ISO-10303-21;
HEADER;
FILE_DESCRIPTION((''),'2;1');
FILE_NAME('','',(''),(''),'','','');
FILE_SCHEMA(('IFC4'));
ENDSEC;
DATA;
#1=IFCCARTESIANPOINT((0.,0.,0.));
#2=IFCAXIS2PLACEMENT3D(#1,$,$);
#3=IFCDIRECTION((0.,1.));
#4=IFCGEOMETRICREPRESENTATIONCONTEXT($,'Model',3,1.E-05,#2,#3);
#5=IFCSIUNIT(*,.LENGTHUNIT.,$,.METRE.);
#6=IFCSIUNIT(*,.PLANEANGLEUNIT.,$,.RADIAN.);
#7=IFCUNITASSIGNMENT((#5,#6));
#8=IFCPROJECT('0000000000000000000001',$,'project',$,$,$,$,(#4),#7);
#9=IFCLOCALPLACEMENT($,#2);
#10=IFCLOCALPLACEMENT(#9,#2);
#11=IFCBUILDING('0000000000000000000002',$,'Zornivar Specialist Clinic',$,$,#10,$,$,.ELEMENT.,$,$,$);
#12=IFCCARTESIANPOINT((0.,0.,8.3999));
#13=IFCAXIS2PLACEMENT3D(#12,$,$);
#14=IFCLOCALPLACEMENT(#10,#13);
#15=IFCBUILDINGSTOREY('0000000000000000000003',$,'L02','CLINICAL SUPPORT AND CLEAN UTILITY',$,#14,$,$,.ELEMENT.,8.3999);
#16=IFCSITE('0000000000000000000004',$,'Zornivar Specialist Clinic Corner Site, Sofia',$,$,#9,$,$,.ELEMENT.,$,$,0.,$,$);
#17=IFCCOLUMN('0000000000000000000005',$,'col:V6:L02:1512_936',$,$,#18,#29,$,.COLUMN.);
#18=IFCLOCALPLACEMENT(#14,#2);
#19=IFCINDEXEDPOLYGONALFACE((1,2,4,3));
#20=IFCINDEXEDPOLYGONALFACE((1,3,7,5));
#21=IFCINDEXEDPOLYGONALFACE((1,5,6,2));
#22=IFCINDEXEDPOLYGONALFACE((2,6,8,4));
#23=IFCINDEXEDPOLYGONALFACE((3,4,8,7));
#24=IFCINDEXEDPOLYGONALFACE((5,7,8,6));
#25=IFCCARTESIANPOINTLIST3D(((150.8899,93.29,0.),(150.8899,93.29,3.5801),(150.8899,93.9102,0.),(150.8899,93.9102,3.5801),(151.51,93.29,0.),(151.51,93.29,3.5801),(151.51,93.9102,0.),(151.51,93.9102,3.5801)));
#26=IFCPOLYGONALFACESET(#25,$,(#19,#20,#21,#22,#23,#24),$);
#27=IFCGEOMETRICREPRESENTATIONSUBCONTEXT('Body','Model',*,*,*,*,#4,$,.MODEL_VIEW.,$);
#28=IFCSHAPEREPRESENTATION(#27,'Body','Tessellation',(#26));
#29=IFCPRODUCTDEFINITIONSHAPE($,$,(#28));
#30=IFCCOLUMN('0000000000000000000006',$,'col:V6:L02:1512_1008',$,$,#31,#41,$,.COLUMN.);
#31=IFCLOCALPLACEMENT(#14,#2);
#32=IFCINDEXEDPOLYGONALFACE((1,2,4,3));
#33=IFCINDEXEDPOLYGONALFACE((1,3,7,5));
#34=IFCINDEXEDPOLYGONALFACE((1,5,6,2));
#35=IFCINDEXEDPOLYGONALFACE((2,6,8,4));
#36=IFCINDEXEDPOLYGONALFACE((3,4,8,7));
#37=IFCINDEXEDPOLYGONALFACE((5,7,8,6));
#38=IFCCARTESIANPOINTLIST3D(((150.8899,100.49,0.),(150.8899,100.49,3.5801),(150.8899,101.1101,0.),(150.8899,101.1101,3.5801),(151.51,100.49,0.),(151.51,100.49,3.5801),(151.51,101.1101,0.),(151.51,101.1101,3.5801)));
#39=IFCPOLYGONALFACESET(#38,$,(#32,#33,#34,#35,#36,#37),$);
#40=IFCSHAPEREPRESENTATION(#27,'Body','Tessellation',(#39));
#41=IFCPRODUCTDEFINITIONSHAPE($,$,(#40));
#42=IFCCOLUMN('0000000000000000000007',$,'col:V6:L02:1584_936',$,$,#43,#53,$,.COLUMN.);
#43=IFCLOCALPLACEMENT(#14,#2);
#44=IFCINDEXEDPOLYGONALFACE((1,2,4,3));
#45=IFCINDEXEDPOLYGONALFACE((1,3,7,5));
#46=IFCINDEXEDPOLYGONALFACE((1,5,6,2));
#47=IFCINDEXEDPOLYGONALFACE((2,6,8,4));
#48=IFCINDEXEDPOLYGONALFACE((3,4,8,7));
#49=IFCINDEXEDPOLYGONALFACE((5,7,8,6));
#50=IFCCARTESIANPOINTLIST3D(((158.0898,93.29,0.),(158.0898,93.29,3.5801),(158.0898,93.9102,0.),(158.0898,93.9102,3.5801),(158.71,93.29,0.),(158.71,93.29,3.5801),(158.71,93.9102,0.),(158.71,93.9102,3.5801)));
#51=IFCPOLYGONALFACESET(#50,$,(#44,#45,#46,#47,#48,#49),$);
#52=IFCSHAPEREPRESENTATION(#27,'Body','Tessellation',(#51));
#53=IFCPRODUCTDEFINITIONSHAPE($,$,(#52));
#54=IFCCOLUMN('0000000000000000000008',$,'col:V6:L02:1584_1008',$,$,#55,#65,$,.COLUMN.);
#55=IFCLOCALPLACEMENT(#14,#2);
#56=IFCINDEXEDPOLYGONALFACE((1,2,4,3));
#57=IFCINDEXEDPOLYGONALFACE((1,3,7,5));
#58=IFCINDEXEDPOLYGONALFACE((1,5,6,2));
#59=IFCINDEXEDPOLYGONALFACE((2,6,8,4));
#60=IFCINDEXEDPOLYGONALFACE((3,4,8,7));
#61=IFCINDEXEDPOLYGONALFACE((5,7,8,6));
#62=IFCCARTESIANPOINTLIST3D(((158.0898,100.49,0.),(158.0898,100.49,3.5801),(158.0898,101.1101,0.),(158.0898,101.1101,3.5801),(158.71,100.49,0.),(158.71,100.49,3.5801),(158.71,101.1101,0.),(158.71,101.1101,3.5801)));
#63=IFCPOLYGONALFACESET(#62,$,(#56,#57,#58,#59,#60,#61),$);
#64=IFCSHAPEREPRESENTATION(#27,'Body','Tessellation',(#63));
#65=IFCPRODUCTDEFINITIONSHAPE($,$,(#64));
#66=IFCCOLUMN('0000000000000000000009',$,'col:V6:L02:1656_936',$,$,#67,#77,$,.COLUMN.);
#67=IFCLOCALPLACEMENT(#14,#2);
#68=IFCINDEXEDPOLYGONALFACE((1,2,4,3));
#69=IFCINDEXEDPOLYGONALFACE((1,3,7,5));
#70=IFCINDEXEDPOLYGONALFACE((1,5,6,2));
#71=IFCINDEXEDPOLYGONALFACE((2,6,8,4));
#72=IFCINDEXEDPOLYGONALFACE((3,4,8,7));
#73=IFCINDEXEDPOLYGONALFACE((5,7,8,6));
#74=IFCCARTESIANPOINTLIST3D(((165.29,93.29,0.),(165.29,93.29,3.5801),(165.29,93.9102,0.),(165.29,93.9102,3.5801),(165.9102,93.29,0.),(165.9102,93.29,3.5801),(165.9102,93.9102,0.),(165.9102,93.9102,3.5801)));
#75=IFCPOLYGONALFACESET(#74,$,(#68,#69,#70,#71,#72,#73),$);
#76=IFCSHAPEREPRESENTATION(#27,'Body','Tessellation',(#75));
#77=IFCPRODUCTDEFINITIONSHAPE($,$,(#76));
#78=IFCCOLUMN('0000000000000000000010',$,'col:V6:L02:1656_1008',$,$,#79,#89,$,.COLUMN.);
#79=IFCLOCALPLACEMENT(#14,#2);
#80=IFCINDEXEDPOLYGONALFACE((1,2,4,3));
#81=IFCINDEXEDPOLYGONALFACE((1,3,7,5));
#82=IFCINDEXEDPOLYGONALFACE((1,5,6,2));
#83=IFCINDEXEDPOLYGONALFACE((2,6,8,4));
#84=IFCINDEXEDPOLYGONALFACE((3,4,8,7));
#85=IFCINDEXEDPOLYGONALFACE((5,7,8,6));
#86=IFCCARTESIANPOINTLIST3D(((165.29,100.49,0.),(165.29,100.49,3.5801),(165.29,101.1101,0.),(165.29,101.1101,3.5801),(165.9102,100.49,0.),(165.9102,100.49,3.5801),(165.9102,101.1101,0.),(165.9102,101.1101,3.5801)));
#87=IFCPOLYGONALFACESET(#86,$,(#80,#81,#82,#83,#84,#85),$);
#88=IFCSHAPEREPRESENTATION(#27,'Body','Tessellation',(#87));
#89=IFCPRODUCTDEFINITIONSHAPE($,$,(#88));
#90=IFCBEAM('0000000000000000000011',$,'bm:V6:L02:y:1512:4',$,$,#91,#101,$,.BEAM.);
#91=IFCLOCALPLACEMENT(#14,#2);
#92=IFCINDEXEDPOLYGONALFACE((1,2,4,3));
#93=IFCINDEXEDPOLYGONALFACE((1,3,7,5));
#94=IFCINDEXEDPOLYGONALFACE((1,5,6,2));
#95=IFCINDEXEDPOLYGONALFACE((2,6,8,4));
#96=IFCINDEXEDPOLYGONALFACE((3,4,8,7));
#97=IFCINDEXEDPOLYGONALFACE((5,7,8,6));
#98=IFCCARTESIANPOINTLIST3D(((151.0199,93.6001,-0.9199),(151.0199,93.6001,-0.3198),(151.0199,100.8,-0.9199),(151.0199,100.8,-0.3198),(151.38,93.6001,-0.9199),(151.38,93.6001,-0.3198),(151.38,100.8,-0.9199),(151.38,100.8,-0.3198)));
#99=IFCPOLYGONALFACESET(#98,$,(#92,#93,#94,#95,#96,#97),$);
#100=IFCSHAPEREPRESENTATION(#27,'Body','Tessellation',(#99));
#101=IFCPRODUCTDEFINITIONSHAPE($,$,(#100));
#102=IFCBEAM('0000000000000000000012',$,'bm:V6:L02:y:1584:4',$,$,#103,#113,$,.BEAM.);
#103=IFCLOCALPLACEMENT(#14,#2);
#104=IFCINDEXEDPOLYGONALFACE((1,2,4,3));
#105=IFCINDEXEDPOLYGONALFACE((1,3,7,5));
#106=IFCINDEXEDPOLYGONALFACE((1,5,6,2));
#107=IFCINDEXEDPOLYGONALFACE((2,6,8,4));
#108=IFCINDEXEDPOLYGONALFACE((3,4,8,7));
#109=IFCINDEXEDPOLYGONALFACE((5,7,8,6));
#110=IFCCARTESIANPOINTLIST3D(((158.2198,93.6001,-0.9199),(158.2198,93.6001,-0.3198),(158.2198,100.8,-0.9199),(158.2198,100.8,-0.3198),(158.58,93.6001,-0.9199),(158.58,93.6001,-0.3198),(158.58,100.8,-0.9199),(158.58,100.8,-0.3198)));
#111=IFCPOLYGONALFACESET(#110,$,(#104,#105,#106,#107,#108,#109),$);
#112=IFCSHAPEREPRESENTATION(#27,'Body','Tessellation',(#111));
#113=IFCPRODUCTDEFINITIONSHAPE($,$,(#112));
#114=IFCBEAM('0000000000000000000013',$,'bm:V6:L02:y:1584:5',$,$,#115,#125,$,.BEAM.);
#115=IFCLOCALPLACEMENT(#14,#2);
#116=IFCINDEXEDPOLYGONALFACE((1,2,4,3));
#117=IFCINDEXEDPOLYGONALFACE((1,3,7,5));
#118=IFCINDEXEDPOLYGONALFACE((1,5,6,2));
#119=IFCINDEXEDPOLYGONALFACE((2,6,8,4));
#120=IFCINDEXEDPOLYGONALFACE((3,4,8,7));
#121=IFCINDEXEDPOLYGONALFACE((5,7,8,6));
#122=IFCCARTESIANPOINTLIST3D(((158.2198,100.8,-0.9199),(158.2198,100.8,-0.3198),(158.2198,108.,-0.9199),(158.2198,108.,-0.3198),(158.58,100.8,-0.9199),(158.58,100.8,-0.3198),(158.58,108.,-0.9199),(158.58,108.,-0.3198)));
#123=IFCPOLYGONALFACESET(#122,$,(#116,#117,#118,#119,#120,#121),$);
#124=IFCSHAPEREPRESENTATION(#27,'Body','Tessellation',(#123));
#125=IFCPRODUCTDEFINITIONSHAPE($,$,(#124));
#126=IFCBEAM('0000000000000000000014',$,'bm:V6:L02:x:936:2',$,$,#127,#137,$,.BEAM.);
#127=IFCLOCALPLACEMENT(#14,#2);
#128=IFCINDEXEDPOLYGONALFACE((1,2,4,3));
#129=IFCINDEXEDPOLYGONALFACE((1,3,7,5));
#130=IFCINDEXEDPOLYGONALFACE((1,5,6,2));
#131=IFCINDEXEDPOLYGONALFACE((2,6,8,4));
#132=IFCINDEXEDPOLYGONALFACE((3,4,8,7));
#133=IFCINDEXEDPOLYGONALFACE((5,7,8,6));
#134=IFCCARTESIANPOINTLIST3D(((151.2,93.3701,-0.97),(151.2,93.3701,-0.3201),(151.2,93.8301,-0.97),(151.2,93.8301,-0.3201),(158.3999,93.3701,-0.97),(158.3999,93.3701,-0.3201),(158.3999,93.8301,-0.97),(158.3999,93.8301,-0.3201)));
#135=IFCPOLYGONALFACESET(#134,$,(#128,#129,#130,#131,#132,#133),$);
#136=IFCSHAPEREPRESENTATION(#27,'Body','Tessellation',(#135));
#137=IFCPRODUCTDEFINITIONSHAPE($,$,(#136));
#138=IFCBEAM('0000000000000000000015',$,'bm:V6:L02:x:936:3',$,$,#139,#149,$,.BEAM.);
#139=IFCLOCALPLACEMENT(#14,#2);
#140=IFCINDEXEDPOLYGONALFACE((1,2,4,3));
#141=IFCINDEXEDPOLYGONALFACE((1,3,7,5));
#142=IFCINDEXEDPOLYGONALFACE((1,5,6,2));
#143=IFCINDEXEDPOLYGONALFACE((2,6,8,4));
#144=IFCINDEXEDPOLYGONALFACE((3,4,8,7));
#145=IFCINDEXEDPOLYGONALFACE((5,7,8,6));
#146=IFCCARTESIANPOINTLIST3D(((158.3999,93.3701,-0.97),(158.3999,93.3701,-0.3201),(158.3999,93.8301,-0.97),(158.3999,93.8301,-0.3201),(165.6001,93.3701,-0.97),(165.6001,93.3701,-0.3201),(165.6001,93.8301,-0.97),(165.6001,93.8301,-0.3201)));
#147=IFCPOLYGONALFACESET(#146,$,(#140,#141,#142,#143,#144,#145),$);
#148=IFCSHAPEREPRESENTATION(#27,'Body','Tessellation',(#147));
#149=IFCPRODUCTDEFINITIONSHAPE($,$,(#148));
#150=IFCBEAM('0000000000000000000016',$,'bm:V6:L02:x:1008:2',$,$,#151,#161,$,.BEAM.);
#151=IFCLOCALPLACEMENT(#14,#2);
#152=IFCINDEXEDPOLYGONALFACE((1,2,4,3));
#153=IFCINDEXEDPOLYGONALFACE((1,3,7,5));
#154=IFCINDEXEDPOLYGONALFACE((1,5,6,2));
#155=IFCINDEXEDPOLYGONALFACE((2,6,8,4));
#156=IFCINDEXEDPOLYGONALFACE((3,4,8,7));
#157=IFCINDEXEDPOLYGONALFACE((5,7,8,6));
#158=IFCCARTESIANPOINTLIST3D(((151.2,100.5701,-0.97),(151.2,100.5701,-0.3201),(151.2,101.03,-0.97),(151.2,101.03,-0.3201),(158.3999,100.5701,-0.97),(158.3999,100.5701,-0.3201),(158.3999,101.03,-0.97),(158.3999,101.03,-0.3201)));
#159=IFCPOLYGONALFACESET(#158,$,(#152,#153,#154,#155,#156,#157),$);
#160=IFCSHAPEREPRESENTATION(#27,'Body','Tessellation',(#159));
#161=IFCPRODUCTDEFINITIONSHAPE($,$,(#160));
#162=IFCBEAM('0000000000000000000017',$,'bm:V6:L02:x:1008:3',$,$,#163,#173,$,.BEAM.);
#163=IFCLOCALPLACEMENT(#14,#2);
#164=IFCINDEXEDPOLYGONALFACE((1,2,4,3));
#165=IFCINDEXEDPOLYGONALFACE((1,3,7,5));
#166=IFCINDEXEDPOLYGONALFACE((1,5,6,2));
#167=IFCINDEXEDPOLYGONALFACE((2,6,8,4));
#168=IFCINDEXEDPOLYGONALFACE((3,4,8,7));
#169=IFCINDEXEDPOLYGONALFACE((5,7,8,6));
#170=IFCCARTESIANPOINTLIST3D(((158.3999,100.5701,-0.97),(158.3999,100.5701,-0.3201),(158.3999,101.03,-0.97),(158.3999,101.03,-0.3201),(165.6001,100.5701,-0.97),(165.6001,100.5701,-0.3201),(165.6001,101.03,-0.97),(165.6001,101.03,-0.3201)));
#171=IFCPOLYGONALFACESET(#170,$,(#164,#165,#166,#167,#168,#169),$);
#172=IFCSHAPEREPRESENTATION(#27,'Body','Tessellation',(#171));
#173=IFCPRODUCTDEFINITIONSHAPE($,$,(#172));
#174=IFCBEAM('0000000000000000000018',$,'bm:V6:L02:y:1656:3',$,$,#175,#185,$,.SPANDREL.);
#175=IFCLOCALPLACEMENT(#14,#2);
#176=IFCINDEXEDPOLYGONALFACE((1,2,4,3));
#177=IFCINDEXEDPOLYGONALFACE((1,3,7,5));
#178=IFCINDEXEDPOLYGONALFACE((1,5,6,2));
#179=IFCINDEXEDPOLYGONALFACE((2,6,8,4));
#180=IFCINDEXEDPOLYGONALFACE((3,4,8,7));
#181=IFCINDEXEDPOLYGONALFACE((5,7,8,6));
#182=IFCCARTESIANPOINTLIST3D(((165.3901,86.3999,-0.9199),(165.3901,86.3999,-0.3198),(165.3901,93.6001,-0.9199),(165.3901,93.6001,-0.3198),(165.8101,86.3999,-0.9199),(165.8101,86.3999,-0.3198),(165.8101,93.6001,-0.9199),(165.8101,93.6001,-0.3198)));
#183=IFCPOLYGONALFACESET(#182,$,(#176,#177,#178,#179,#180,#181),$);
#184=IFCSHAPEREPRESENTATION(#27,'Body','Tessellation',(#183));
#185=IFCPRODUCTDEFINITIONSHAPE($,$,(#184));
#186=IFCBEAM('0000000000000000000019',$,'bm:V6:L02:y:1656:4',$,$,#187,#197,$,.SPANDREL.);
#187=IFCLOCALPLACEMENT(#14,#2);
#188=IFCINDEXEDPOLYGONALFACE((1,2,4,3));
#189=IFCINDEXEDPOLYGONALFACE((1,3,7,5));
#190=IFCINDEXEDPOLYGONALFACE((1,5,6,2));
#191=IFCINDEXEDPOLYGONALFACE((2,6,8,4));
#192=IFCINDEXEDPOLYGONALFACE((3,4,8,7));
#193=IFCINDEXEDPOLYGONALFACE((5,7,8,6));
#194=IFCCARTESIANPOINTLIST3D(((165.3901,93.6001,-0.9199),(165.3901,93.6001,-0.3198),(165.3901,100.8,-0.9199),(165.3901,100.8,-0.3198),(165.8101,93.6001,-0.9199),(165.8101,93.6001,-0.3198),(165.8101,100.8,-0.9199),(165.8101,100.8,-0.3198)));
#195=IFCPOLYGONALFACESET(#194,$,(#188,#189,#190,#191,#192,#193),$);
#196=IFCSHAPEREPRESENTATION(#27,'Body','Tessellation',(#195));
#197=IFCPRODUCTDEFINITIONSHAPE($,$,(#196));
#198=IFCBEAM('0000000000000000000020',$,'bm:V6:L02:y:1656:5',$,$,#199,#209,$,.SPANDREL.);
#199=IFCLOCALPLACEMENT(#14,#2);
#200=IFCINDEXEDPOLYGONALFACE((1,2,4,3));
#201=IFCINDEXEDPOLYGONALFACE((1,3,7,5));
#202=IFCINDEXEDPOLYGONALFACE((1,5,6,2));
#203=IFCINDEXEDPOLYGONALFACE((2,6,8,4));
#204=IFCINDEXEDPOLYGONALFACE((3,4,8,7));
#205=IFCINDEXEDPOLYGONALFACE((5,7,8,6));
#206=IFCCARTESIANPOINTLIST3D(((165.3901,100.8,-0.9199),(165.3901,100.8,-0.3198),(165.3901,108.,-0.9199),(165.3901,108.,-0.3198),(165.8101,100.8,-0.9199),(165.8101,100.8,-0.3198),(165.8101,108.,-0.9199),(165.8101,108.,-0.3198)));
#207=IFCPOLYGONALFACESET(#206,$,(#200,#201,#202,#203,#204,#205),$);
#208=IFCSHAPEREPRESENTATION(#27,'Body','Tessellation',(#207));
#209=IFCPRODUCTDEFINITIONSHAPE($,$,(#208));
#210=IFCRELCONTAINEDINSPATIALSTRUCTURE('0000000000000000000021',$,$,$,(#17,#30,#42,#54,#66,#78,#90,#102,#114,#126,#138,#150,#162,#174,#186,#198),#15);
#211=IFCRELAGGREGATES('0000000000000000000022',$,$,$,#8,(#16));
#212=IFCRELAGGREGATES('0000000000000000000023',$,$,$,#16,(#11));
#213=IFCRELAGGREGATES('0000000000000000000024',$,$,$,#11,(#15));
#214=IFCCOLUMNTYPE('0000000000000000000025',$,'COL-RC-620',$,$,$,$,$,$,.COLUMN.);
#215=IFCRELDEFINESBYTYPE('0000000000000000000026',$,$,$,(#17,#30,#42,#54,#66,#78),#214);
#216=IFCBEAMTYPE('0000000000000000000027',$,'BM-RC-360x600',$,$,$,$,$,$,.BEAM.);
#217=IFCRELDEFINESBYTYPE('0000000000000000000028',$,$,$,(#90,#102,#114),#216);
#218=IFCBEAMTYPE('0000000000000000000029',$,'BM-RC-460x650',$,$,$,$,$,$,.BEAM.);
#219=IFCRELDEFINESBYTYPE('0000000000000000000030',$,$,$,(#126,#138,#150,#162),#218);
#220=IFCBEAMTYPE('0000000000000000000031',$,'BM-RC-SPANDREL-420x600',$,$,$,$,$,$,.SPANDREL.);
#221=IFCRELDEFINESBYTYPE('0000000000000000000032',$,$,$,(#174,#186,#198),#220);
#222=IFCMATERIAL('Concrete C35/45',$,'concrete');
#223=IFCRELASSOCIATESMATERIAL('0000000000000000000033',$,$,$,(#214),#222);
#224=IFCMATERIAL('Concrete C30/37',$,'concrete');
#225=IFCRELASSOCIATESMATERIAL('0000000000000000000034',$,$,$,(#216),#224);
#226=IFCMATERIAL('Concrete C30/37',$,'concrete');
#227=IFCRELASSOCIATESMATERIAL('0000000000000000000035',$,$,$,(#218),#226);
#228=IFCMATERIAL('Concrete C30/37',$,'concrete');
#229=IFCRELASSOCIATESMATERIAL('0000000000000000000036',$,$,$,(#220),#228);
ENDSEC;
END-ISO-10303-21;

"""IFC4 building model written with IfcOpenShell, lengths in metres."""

from ifc_helpers import new_model, si_unit, direction, frame, origin, origin_2d, place, context, subcontext, project, spatial, rectangle, extrude, material, material_profile, profile_set, type_object, element, save


model = new_model("IFC4")

# Units and contexts
model_context = context("Model", 3, precision=1e-05, world=origin(), true_north=direction((0.0, 1.0)))
body_context = subcontext(model_context, "Body", "Model", "MODEL_VIEW")
ifc_project = project(units=[si_unit("LENGTHUNIT", "METRE"), si_unit("PLANEANGLEUNIT", "RADIAN")], contexts=[model_context])

# Site, building, storey
site_placement = place(None, origin())
site = spatial("IfcSite", under=ifc_project, at=site_placement, Name="Zornivar Specialist Clinic Corner Site, Sofia", CompositionType="ELEMENT", RefElevation=0.0)
building_placement = place(site_placement, origin())
building = spatial("IfcBuilding", under=site, at=building_placement, Name="Zornivar Specialist Clinic", CompositionType="ELEMENT")
storey_placement = place(building_placement, frame((0.0, 0.0, 8.3999)))
storey = spatial("IfcBuildingStorey", under=building, at=storey_placement, Name="L02", Description="CLINICAL SUPPORT AND CLEAN UTILITY", CompositionType="ELEMENT", Elevation=8.3999)

# Columns
ifc_material_1 = material(Name="Concrete C35/45", Category="concrete")
ifc_material_profile_1 = material_profile(ifc_material_1, rectangle(XDim=0.6201, YDim=0.6201, at=origin_2d()), Name="RC 620x620")
ifc_profile_set_1 = profile_set([ifc_material_profile_1], Name="Concrete C35/45")
column_type = type_object("IfcColumnType", Name="COL-RC-620", PredefinedType="COLUMN", material=ifc_profile_set_1)
for number, where, z_axis, x_axis, name in (
    (1, (151.2, 93.6001, 0.0), (0.0, 0.0, 1.0), (1.0, 0.0, 0.0), "col:V6:L02:1512_936"),
    (2, (151.2, 100.8, 0.0), (0.0, 0.0, 1.0), (1.0, 0.0, 0.0), "col:V6:L02:1512_1008"),
    (3, (158.3999, 93.6001, 0.0), (0.0, 0.0, 1.0), (1.0, 0.0, 0.0), "col:V6:L02:1584_936"),
    (4, (158.3999, 100.8, 0.0), (0.0, 0.0, 1.0), (1.0, 0.0, 0.0), "col:V6:L02:1584_1008"),
    (5, (165.6001, 93.6001, 0.0), (0.0, 0.0, 1.0), (1.0, 0.0, 0.0), "col:V6:L02:1656_936"),
    (6, (165.6001, 100.8, 0.0), (0.0, 0.0, 1.0), (1.0, 0.0, 0.0), "col:V6:L02:1656_1008"),
):
    element("IfcColumn", number, at=place(storey_placement, frame(where, z_axis=z_axis, x_axis=x_axis)), inside=storey, type_object=column_type, Name=name, PredefinedType="COLUMN", context=body_context, shape_type="SweptSolid", body=[
        extrude(rectangle(XDim=0.6201, YDim=0.6201, at=origin_2d()), origin(), (0.0, 0.0, 1.0), 3.5801),
    ])

# Beams
ifc_material_2 = material(Name="Concrete C30/37", Category="concrete")
ifc_material_profile_2 = material_profile(ifc_material_2, rectangle(XDim=0.3601, YDim=0.6001, at=origin_2d()), Name="RC 360x600")
ifc_profile_set_2 = profile_set([ifc_material_profile_2], Name="Concrete C30/37")
beam_type_1 = type_object("IfcBeamType", Name="BM-RC-360x600", PredefinedType="BEAM", material=ifc_profile_set_2)
for number, where, z_axis, x_axis, name in (
    (7, (151.2, 93.6001, -0.6199), (0.0, 1.0, 0.0), (-1.0, 0.0, 0.0), "bm:V6:L02:y:1512:4"),
    (8, (158.3999, 93.6001, -0.6199), (0.0, 1.0, 0.0), (-1.0, 0.0, 0.0), "bm:V6:L02:y:1584:4"),
    (9, (158.3999, 100.8, -0.6199), (0.0, 1.0, 0.0), (-1.0, 0.0, 0.0), "bm:V6:L02:y:1584:5"),
):
    element("IfcBeam", number, at=place(storey_placement, frame(where, z_axis=z_axis, x_axis=x_axis)), inside=storey, type_object=beam_type_1, Name=name, PredefinedType="BEAM", context=body_context, shape_type="SweptSolid", body=[
        extrude(rectangle(XDim=0.3601, YDim=0.6001, at=origin_2d()), origin(), (0.0, 0.0, 1.0), 7.2),
    ])
ifc_material_3 = material(Name="Concrete C30/37", Category="concrete")
ifc_material_profile_3 = material_profile(ifc_material_3, rectangle(XDim=0.46, YDim=0.6499, at=origin_2d()), Name="RC 460x650")
ifc_profile_set_3 = profile_set([ifc_material_profile_3], Name="Concrete C30/37")
beam_type_2 = type_object("IfcBeamType", Name="BM-RC-460x650", PredefinedType="BEAM", material=ifc_profile_set_3)
beam_1_placement = place(storey_placement, frame((151.2, 93.6001, -0.645), z_axis=(1.0, 0.0, 0.0), x_axis=(0.0, 1.0, 0.0)))
element("IfcBeam", 10, at=beam_1_placement, inside=storey, type_object=beam_type_2, Name="bm:V6:L02:x:936:2", PredefinedType="BEAM", context=body_context, shape_type="SweptSolid", body=[
    extrude(rectangle(XDim=0.46, YDim=0.6499, at=origin_2d()), origin(), (0.0, 0.0, 1.0), 7.2),
])
beam_2_placement = place(storey_placement, frame((158.3999, 93.6001, -0.645), z_axis=(1.0, 0.0, 0.0), x_axis=(0.0, 1.0, 0.0)))
element("IfcBeam", 11, at=beam_2_placement, inside=storey, type_object=beam_type_2, Name="bm:V6:L02:x:936:3", PredefinedType="BEAM", context=body_context, shape_type="SweptSolid", body=[
    extrude(rectangle(XDim=0.46, YDim=0.6499, at=origin_2d()), origin(), (0.0, 0.0, 1.0), 7.2002),
])
beam_3_placement = place(storey_placement, frame((151.2, 100.8, -0.645), z_axis=(1.0, 0.0, 0.0), x_axis=(0.0, 1.0, 0.0)))
element("IfcBeam", 12, at=beam_3_placement, inside=storey, type_object=beam_type_2, Name="bm:V6:L02:x:1008:2", PredefinedType="BEAM", context=body_context, shape_type="SweptSolid", body=[
    extrude(rectangle(XDim=0.46, YDim=0.6499, at=origin_2d()), origin(), (0.0, 0.0, 1.0), 7.2),
])
beam_4_placement = place(storey_placement, frame((158.3999, 100.8, -0.645), z_axis=(1.0, 0.0, 0.0), x_axis=(0.0, 1.0, 0.0)))
element("IfcBeam", 13, at=beam_4_placement, inside=storey, type_object=beam_type_2, Name="bm:V6:L02:x:1008:3", PredefinedType="BEAM", context=body_context, shape_type="SweptSolid", body=[
    extrude(rectangle(XDim=0.46, YDim=0.6499, at=origin_2d()), origin(), (0.0, 0.0, 1.0), 7.2002),
])
ifc_material_4 = material(Name="Concrete C30/37", Category="concrete")
ifc_material_profile_4 = material_profile(ifc_material_4, rectangle(XDim=0.4199, YDim=0.6001, at=origin_2d()), Name="RC 420x600")
ifc_profile_set_4 = profile_set([ifc_material_profile_4], Name="Concrete C30/37")
beam_type_3 = type_object("IfcBeamType", Name="BM-RC-SPANDREL-420x600", PredefinedType="SPANDREL", material=ifc_profile_set_4)
beam_5_placement = place(storey_placement, frame((165.6001, 86.3999, -0.6199), z_axis=(0.0, 1.0, 0.0), x_axis=(-1.0, 0.0, 0.0)))
element("IfcBeam", 14, at=beam_5_placement, inside=storey, type_object=beam_type_3, Name="bm:V6:L02:y:1656:3", PredefinedType="SPANDREL", context=body_context, shape_type="SweptSolid", body=[
    extrude(rectangle(XDim=0.4199, YDim=0.6001, at=origin_2d()), origin(), (0.0, 0.0, 1.0), 7.2002),
])
for number, where, z_axis, x_axis, name in (
    (15, (165.6001, 93.6001, -0.6199), (0.0, 1.0, 0.0), (-1.0, 0.0, 0.0), "bm:V6:L02:y:1656:4"),
    (16, (165.6001, 100.8, -0.6199), (0.0, 1.0, 0.0), (-1.0, 0.0, 0.0), "bm:V6:L02:y:1656:5"),
):
    element("IfcBeam", number, at=place(storey_placement, frame(where, z_axis=z_axis, x_axis=x_axis)), inside=storey, type_object=beam_type_3, Name=name, PredefinedType="SPANDREL", context=body_context, shape_type="SweptSolid", body=[
        extrude(rectangle(XDim=0.4199, YDim=0.6001, at=origin_2d()), origin(), (0.0, 0.0, 1.0), 7.2),
    ])

save(model, "model.ifc")
